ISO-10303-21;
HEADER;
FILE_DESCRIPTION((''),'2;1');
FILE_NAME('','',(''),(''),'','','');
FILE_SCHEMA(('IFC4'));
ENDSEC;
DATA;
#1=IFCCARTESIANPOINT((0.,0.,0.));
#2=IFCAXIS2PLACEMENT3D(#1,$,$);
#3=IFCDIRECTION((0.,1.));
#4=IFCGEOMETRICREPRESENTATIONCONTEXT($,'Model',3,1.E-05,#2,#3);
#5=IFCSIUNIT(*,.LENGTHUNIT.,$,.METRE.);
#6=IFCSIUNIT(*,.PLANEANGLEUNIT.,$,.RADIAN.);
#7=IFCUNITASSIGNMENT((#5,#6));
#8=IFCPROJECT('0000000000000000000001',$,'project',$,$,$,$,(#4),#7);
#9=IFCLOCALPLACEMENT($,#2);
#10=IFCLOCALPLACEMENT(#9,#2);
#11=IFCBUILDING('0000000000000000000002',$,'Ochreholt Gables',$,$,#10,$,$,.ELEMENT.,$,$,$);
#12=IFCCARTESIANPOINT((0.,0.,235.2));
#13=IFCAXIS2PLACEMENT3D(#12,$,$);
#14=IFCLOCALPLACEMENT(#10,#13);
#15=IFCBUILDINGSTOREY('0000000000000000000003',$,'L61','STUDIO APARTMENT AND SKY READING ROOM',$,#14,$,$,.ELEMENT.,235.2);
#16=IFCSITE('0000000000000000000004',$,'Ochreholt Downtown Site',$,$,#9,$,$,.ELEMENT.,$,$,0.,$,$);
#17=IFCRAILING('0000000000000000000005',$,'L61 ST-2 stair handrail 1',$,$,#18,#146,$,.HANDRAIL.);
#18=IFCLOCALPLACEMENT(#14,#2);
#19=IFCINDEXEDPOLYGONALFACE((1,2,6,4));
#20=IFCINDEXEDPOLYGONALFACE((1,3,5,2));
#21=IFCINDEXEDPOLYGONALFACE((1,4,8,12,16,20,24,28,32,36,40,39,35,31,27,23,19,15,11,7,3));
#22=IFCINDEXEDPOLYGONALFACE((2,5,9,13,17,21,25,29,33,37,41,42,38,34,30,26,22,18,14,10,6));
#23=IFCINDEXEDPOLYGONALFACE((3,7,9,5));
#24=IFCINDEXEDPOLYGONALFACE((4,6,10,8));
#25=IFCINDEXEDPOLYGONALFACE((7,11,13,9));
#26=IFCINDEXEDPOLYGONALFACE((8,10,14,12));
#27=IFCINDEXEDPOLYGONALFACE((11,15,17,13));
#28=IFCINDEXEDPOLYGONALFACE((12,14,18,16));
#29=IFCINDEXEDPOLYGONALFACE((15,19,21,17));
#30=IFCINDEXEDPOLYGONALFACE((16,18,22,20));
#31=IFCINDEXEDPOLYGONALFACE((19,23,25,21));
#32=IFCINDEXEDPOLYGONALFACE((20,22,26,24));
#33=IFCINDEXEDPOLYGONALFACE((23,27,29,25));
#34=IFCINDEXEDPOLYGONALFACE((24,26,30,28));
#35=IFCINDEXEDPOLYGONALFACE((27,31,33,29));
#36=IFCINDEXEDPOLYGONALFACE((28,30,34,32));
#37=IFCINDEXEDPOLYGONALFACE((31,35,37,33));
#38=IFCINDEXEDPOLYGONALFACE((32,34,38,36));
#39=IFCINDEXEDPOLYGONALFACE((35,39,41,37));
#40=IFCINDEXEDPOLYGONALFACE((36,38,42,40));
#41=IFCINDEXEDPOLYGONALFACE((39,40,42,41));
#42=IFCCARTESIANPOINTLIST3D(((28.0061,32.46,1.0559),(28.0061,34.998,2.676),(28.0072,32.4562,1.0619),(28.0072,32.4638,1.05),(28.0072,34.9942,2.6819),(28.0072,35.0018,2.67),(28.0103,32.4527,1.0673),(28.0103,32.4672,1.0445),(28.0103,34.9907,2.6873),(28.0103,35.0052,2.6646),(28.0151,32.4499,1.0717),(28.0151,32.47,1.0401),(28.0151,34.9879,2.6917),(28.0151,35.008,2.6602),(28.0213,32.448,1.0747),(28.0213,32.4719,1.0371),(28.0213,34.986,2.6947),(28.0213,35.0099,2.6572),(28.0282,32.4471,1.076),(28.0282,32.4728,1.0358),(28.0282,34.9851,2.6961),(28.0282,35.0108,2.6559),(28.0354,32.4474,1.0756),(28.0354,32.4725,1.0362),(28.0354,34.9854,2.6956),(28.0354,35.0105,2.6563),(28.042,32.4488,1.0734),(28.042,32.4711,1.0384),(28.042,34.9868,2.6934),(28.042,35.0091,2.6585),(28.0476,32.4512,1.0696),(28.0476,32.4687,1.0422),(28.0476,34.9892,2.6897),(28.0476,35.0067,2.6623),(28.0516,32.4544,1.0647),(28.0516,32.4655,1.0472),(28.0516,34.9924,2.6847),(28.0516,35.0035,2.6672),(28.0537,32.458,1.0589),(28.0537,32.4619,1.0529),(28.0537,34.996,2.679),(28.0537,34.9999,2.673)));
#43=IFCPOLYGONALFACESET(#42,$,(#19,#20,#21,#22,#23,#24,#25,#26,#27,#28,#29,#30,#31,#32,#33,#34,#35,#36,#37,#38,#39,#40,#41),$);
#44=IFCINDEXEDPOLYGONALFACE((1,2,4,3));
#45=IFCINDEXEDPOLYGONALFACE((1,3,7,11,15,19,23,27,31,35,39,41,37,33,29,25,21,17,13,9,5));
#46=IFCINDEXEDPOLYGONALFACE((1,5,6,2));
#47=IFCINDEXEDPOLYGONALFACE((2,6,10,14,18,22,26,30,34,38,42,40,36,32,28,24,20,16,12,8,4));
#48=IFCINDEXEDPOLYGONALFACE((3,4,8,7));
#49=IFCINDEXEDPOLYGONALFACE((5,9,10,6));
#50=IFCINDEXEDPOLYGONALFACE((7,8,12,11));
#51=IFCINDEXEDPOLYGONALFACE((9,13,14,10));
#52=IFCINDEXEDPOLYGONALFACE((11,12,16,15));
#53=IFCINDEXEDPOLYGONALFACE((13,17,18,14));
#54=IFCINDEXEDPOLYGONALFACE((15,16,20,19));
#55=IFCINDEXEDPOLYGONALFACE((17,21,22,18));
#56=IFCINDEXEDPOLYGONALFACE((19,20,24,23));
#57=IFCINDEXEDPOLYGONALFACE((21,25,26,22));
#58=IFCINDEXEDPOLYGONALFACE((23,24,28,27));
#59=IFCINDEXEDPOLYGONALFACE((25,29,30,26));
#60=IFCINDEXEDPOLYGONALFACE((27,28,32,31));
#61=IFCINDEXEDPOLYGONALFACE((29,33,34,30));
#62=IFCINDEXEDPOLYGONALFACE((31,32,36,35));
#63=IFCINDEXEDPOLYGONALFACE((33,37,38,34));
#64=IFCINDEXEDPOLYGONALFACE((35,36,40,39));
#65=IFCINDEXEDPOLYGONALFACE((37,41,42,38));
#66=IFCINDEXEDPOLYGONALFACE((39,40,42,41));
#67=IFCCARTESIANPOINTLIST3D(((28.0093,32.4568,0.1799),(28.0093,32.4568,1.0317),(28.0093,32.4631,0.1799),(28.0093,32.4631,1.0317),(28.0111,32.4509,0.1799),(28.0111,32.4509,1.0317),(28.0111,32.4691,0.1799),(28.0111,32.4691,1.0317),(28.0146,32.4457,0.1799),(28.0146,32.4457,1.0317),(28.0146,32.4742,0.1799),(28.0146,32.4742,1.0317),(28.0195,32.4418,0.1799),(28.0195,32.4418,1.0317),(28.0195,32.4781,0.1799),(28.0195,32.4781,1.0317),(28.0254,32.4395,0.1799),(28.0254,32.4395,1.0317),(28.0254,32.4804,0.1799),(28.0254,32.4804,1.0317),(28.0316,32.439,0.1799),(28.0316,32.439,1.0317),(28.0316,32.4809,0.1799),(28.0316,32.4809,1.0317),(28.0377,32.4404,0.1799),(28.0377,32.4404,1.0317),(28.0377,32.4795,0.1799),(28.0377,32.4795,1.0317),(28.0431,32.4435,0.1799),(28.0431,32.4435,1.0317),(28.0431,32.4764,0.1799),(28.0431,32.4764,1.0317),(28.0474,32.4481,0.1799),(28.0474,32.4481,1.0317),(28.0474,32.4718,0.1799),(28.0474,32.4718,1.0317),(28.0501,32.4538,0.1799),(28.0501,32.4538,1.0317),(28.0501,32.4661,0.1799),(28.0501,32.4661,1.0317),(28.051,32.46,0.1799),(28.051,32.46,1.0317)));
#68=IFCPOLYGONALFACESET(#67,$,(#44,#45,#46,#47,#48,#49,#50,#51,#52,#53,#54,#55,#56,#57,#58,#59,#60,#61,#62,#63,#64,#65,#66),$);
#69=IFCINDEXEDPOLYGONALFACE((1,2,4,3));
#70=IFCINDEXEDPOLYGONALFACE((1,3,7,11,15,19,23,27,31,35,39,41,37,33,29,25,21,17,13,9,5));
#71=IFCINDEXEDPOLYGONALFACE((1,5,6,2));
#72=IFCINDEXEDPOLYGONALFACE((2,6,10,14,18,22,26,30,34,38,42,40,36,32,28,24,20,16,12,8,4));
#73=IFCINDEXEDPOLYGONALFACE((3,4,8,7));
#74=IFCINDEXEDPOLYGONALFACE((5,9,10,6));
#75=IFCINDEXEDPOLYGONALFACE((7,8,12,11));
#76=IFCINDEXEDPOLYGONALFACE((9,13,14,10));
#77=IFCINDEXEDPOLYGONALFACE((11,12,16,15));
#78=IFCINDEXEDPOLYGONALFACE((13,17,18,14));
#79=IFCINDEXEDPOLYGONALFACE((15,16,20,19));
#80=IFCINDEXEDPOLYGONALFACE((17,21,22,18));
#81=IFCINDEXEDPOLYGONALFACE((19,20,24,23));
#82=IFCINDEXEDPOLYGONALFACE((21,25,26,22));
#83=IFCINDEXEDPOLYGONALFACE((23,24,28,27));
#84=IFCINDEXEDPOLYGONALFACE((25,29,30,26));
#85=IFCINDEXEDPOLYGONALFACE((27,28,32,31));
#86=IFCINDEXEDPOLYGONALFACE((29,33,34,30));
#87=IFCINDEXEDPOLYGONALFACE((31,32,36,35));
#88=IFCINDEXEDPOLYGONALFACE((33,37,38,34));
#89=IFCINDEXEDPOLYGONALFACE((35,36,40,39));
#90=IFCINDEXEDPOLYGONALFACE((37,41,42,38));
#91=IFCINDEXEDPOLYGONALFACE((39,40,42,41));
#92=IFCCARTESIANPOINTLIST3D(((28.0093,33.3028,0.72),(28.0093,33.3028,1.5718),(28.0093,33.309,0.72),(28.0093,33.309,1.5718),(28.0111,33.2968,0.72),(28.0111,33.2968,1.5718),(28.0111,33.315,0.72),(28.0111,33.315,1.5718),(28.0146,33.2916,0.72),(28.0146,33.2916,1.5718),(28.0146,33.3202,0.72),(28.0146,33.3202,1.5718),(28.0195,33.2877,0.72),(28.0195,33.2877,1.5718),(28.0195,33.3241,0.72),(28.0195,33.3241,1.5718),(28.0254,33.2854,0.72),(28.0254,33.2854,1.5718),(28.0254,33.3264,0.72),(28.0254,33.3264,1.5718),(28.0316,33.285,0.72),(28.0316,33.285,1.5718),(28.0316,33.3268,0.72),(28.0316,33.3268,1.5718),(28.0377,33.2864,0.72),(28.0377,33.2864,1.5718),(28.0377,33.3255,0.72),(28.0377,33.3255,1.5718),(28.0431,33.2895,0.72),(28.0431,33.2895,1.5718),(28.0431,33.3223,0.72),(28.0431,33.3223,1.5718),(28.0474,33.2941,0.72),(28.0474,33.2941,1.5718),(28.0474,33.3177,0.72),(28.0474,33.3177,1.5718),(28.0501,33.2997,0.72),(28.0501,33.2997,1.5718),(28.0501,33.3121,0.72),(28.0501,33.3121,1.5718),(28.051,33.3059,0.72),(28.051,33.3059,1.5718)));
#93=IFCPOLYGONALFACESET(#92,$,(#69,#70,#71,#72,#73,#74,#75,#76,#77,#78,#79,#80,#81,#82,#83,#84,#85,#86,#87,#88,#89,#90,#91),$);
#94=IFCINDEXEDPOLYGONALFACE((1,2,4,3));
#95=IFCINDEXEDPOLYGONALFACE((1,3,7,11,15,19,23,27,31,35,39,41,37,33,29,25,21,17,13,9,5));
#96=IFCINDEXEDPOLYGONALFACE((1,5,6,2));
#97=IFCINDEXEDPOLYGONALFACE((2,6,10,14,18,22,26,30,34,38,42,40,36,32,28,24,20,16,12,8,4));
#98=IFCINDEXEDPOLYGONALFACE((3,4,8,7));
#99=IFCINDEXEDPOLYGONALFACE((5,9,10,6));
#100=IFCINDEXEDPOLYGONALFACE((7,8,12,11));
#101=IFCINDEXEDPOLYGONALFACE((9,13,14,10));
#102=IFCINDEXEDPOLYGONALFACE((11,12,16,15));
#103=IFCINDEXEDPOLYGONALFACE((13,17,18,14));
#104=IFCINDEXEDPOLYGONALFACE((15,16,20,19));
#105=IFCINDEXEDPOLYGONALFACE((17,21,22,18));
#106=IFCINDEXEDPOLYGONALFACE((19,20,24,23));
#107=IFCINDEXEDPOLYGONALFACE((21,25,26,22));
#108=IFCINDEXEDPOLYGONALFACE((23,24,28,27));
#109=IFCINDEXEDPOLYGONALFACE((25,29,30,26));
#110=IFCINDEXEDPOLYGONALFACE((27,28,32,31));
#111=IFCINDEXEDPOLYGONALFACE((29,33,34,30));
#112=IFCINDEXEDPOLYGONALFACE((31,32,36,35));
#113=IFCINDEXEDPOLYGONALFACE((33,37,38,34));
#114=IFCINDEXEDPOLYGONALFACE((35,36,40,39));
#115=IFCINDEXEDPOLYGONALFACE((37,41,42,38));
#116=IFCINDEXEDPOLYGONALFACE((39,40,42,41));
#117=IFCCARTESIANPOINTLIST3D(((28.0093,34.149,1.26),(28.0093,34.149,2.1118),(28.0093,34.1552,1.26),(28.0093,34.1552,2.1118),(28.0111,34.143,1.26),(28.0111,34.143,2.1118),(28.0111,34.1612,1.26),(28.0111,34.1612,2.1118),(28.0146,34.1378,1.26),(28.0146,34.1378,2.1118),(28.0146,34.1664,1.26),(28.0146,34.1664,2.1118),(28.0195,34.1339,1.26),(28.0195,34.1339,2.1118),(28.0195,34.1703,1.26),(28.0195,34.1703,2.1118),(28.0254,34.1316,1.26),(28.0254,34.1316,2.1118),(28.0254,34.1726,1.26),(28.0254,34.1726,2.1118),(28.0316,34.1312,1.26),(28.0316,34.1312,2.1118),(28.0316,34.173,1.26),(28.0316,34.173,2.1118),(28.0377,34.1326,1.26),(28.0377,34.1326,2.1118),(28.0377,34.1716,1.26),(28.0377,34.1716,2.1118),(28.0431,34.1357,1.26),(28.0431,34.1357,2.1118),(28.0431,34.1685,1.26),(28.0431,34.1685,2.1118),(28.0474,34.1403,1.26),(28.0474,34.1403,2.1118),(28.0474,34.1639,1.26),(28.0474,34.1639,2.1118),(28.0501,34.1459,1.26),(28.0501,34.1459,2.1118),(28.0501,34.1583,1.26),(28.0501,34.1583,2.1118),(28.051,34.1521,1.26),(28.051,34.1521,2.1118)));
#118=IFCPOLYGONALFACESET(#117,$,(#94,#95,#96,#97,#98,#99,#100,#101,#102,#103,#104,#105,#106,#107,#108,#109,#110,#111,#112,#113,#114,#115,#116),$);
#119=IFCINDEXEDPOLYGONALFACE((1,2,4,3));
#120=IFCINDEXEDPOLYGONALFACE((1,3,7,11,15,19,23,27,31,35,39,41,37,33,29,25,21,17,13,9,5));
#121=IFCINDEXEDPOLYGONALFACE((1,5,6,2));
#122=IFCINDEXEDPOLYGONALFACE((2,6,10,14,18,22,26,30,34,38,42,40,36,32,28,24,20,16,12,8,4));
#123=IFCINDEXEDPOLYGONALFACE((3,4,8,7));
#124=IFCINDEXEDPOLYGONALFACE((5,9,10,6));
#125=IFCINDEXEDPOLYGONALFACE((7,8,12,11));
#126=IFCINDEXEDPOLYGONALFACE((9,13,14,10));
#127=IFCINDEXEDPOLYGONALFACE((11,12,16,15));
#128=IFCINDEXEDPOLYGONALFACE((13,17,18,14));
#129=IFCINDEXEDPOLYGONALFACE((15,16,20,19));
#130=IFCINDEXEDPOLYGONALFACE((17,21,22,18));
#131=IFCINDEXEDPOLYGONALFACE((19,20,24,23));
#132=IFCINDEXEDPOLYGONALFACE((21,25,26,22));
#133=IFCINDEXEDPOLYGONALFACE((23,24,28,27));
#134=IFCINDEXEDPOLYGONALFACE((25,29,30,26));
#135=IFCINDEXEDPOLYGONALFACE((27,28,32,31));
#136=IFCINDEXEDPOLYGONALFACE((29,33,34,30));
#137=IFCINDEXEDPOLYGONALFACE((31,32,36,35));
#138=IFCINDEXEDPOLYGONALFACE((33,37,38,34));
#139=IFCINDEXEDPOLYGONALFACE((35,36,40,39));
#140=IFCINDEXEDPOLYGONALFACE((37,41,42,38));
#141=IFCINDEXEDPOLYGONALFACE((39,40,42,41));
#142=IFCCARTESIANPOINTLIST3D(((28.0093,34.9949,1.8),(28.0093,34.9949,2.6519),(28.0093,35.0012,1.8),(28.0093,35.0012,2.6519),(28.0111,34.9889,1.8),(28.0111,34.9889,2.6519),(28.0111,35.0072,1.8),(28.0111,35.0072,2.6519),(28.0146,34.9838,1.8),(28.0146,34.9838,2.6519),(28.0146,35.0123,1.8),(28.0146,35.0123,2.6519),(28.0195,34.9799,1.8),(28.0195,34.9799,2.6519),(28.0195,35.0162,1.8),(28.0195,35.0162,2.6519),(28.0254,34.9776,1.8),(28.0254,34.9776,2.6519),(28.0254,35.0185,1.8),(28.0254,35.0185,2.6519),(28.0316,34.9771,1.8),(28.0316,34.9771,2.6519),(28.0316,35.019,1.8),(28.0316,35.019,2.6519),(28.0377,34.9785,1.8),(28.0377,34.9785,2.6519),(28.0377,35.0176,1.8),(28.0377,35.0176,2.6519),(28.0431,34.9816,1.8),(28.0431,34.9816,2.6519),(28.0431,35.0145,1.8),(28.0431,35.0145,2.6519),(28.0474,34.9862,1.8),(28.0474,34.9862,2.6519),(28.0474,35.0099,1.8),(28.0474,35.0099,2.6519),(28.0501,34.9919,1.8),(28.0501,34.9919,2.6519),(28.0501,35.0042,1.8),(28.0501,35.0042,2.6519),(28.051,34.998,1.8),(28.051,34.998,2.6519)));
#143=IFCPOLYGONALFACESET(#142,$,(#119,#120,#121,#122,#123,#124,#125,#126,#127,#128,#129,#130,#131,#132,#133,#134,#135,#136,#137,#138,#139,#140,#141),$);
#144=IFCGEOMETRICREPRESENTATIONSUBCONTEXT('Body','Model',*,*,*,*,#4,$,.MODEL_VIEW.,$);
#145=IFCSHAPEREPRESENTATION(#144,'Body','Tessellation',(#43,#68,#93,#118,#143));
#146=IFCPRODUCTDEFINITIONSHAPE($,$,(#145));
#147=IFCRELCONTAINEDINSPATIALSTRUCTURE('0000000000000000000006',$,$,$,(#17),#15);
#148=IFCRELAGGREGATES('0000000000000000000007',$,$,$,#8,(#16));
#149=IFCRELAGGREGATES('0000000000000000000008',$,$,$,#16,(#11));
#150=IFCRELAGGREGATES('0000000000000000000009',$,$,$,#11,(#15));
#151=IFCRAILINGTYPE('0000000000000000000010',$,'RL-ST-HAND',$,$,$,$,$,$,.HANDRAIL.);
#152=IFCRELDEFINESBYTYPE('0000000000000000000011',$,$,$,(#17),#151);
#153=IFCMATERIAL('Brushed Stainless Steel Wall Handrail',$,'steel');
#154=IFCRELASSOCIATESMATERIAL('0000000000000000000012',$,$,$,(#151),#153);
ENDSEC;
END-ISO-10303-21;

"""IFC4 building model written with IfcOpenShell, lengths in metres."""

from ifc_helpers import new_model, si_unit, direction, frame, origin, origin_2d, place, context, subcontext, project, spatial, circle, extrude, material, type_object, element, save


model = new_model("IFC4")

# Units and contexts
model_context = context("Model", 3, precision=1e-05, world=origin(), true_north=direction((0.0, 1.0)))
body_context = subcontext(model_context, "Body", "Model", "MODEL_VIEW")
ifc_project = project(units=[si_unit("LENGTHUNIT", "METRE"), si_unit("PLANEANGLEUNIT", "RADIAN")], contexts=[model_context])

# Site, building, storey
site_placement = place(None, origin())
site = spatial("IfcSite", under=ifc_project, at=site_placement, Name="Ochreholt Downtown Site", CompositionType="ELEMENT", RefElevation=0.0)
building_placement = place(site_placement, origin())
building = spatial("IfcBuilding", under=site, at=building_placement, Name="Ochreholt Gables", CompositionType="ELEMENT")
storey_placement = place(building_placement, frame((0.0, 0.0, 235.2)))
storey = spatial("IfcBuildingStorey", under=building, at=storey_placement, Name="L61", Description="STUDIO APARTMENT AND SKY READING ROOM", CompositionType="ELEMENT", Elevation=235.2)

# Railing
ifc_material_1 = material(Name="Brushed Stainless Steel Wall Handrail", Category="steel")
railing_type_1 = type_object("IfcRailingType", Name="RL-ST-HAND", PredefinedType="HANDRAIL", material=ifc_material_1)
railing_1_placement = place(storey_placement, frame((28.03, 32.46, 0.1799)))
element("IfcRailing", 1, at=railing_1_placement, inside=storey, type_object=railing_type_1, Name="L61 ST-2 stair handrail 1", PredefinedType="HANDRAIL", context=body_context, shape_type="SweptSolid", body=[
    extrude(circle(Radius=0.0239, at=origin_2d()), frame((0.0, 0.0, 0.876), z_axis=(0.0, 0.842913, 0.53805), x_axis=(-1.0, 0.0, 0.0)), (0.0, 0.0, 1.0), 3.011),
    extrude(circle(Radius=0.021, at=origin_2d()), origin(), (0.0, 0.0, 1.0), 0.8518),
    extrude(circle(Radius=0.021, at=origin_2d()), frame((0.0, 0.8459, 0.54)), (0.0, 0.0, 1.0), 0.8518),
    extrude(circle(Radius=0.021, at=origin_2d()), frame((0.0, 1.6921, 1.0801)), (0.0, 0.0, 1.0), 0.8518),
    extrude(circle(Radius=0.021, at=origin_2d()), frame((0.0, 2.5381, 1.6201)), (0.0, 0.0, 1.0), 0.8518),
])

save(model, "model.ifc")
